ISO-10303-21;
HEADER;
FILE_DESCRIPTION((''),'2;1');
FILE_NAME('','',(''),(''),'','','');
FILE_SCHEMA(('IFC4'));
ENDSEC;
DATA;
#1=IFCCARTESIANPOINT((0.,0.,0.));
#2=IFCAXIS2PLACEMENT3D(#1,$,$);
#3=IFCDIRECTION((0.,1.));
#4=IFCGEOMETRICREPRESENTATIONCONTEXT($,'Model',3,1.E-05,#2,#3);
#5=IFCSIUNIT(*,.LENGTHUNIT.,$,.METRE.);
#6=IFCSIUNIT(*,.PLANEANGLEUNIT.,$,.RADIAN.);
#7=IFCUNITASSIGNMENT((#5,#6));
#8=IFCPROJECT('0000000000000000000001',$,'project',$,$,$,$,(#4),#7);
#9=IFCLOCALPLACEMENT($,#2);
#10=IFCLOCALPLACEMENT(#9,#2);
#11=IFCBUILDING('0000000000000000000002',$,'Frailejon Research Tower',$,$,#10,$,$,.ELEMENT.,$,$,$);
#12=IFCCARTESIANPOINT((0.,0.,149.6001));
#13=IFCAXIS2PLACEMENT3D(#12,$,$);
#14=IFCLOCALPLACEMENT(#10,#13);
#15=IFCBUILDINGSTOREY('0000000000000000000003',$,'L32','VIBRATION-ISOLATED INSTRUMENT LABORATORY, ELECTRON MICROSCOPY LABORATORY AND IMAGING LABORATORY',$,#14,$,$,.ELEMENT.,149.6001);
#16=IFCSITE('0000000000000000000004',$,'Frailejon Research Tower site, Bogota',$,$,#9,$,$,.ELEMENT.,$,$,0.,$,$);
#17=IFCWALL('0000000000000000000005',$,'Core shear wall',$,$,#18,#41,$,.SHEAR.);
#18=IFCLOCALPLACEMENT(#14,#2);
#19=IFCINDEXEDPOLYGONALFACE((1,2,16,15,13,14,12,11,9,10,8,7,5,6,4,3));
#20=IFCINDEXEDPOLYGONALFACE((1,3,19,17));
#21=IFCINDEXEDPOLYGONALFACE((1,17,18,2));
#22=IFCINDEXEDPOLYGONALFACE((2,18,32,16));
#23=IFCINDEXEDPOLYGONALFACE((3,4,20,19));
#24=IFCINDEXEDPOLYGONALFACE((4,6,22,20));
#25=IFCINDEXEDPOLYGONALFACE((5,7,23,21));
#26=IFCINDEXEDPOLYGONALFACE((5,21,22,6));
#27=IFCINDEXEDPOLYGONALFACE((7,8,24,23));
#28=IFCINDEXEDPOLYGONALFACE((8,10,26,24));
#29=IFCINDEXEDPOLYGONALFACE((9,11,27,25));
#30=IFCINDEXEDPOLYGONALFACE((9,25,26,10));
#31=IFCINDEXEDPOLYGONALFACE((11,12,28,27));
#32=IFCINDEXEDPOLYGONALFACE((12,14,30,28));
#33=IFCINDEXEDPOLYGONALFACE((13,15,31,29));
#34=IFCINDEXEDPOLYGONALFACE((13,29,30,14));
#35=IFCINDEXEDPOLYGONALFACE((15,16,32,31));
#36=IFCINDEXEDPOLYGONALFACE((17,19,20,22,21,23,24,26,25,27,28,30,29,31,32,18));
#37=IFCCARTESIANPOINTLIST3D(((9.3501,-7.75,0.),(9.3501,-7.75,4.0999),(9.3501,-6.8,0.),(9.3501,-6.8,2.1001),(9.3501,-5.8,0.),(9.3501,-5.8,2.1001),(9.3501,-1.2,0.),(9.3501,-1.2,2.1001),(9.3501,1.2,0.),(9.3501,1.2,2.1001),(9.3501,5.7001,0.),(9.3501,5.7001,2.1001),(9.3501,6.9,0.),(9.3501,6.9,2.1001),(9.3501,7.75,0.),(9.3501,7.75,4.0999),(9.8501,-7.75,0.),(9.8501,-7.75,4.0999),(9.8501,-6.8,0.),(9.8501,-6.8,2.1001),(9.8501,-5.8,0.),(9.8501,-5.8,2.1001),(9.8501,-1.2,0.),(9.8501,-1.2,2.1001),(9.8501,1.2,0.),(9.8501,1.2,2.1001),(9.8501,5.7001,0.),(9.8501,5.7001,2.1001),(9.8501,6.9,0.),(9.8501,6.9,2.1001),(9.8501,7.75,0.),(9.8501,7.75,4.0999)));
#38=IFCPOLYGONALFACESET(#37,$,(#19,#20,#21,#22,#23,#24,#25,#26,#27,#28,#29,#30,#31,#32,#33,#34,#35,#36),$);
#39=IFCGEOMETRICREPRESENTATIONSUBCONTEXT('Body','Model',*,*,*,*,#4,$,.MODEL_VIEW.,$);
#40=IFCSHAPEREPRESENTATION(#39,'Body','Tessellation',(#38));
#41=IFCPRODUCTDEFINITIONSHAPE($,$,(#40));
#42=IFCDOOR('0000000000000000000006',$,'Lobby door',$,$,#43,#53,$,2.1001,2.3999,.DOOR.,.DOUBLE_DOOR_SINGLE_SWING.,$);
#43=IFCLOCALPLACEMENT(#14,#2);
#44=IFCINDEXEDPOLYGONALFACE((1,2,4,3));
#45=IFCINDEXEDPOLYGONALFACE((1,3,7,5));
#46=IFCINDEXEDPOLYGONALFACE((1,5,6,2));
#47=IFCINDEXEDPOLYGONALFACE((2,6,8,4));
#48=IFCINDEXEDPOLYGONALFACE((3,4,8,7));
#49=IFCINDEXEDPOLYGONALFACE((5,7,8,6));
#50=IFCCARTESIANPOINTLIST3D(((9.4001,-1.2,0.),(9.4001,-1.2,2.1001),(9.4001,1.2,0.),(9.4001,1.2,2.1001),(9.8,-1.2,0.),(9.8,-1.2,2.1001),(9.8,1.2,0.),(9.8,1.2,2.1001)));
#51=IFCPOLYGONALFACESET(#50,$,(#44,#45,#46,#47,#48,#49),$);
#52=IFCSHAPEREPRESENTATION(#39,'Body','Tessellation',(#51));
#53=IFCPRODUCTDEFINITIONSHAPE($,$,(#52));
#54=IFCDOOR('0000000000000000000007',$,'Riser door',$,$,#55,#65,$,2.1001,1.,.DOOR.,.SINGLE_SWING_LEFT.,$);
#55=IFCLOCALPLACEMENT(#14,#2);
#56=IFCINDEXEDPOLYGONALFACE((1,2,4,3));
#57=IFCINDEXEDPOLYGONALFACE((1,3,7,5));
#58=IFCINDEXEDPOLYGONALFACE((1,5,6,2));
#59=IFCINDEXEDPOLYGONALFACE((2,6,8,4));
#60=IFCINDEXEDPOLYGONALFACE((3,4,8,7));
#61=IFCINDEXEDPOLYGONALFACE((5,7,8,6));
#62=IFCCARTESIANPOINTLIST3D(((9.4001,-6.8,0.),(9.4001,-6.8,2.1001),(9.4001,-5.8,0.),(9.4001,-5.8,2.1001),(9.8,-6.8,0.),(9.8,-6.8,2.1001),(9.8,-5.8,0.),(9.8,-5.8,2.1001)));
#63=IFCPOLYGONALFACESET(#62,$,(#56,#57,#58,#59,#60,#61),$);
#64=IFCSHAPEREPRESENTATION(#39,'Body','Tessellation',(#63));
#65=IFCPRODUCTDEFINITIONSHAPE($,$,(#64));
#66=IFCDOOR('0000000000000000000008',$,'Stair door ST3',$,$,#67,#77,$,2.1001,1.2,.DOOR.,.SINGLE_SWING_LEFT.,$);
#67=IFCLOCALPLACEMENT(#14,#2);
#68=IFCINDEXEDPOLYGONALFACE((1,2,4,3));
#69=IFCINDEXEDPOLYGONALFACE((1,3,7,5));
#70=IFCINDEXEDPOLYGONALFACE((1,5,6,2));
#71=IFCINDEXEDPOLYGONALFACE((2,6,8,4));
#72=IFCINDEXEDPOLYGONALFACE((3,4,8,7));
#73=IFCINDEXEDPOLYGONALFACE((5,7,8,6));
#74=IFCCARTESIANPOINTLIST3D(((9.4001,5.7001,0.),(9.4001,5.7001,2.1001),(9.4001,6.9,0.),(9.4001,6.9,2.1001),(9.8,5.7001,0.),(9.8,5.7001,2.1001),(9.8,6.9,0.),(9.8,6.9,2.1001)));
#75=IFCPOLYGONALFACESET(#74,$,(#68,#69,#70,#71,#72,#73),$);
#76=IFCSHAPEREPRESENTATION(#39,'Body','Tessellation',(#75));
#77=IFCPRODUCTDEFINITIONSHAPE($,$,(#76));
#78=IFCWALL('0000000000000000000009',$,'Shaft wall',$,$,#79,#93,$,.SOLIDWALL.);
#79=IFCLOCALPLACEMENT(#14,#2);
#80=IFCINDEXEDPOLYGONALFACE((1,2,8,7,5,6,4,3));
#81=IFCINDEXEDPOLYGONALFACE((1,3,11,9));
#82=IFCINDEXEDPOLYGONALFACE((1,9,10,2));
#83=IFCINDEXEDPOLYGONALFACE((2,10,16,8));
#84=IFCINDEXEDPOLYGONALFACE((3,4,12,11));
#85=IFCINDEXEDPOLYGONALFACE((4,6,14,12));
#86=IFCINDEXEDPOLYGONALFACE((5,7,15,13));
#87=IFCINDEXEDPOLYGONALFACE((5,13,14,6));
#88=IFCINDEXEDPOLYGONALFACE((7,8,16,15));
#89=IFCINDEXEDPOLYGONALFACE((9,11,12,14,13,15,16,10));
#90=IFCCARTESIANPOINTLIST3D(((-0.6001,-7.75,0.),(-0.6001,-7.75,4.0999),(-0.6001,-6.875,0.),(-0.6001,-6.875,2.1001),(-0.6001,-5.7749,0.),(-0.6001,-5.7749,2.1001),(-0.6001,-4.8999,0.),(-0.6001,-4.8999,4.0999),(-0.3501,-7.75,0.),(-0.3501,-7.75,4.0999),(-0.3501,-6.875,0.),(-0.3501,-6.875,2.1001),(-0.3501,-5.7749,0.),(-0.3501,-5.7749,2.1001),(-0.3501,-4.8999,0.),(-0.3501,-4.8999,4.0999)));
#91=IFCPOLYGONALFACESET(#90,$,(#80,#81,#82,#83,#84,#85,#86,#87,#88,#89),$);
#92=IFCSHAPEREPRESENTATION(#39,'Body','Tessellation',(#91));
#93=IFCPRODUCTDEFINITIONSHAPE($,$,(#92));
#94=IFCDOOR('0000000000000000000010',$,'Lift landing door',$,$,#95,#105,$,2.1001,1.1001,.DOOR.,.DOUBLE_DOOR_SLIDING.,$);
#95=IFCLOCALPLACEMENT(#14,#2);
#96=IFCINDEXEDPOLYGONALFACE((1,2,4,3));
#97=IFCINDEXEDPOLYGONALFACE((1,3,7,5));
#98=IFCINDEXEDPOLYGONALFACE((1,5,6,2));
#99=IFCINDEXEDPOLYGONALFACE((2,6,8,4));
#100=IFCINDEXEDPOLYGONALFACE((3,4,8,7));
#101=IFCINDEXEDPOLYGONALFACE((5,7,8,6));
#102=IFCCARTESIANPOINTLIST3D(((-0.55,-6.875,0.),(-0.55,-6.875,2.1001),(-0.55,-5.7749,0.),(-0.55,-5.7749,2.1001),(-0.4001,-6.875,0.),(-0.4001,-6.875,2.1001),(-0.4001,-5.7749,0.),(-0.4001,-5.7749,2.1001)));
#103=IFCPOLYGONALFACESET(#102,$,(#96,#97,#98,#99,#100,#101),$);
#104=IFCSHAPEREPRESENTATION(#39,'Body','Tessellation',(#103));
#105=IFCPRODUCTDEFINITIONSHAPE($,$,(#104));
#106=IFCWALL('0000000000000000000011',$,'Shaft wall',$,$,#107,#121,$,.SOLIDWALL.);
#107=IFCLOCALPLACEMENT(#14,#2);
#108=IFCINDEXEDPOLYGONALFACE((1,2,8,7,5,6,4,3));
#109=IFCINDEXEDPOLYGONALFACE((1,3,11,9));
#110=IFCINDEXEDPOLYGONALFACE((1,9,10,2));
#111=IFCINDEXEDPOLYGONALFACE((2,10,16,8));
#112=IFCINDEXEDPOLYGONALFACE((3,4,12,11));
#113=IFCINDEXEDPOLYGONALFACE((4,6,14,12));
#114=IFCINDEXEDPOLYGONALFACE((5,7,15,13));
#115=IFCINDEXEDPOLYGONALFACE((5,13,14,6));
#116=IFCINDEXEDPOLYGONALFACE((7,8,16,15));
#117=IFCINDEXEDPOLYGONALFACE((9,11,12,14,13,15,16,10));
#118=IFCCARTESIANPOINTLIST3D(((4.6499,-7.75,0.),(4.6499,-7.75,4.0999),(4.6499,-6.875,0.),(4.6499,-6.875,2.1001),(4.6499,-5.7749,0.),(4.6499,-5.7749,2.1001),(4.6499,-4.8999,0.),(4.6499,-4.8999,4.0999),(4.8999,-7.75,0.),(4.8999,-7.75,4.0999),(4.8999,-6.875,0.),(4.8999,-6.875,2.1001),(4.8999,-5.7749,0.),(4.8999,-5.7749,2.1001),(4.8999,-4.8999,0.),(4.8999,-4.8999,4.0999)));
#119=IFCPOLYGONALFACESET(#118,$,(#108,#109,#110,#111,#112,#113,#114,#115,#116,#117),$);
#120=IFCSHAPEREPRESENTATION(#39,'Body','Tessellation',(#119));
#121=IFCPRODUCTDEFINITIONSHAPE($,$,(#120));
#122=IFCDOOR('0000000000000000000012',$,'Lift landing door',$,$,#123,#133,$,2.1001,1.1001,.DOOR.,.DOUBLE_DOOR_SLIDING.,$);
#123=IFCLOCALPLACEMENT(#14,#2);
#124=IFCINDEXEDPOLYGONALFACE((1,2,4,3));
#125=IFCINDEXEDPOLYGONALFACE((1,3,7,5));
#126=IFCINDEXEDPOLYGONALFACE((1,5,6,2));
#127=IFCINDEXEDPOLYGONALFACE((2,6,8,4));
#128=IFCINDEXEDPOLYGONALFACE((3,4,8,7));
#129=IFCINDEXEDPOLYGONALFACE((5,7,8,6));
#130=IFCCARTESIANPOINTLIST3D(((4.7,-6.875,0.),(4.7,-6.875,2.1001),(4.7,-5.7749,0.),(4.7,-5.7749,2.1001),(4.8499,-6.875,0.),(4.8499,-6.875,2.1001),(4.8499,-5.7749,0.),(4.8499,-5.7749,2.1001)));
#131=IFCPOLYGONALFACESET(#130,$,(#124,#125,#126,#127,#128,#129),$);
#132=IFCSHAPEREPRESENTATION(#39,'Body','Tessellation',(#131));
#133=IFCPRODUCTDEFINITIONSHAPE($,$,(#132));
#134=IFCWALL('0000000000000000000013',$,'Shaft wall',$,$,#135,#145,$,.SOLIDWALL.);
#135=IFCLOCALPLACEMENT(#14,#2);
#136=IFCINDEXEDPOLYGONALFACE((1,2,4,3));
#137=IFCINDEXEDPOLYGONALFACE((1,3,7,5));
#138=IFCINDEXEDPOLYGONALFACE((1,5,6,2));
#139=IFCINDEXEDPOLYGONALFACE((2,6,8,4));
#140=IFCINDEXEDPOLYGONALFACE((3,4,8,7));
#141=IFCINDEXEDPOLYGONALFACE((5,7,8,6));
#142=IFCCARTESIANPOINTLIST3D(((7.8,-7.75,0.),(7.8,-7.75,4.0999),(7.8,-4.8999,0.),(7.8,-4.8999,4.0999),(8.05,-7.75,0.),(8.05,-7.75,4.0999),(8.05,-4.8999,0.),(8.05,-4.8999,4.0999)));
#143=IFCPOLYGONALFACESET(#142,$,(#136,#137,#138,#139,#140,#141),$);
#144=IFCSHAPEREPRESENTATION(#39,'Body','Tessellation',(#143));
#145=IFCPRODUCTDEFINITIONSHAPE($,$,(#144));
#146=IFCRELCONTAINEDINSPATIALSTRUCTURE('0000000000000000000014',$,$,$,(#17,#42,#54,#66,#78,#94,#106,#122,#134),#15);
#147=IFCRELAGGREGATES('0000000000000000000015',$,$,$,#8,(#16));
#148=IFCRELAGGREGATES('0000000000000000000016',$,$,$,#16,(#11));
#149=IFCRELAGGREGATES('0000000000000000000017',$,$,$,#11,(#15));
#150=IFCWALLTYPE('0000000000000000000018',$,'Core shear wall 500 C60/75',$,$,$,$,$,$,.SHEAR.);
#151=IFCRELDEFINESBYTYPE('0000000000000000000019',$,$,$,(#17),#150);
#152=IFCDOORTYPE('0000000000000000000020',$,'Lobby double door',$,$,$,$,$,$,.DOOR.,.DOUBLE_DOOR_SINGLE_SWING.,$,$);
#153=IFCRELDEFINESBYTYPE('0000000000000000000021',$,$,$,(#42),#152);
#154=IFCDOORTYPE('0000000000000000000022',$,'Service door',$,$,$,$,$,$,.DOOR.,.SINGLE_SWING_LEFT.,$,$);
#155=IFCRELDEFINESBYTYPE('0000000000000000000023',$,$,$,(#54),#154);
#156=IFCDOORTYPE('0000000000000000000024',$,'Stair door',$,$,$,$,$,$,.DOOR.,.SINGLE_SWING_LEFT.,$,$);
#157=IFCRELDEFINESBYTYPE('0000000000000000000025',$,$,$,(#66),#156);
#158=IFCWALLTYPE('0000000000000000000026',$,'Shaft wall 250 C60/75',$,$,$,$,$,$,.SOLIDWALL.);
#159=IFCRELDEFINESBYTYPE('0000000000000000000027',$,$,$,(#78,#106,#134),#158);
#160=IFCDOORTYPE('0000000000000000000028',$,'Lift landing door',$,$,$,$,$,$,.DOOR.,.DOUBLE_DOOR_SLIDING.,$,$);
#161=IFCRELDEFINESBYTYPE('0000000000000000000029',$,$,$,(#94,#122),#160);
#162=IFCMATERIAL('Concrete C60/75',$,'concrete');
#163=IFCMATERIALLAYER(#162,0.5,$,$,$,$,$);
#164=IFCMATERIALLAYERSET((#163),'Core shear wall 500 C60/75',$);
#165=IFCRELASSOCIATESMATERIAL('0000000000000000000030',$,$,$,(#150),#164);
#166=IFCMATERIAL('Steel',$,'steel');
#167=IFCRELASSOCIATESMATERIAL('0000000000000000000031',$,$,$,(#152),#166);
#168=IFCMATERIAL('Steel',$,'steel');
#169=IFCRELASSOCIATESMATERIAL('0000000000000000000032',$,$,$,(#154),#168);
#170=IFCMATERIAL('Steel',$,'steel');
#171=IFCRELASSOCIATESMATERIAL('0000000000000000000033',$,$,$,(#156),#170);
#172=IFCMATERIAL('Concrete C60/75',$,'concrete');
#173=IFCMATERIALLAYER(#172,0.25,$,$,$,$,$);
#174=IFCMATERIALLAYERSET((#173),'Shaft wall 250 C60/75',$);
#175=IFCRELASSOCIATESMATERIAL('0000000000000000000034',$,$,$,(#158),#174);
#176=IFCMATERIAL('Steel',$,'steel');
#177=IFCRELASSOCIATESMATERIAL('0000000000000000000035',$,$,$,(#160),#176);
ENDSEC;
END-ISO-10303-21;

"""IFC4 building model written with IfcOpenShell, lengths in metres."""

from ifc_helpers import new_model, si_unit, direction, frame, frame_2d, origin, place, context, subcontext, project, spatial, rectangle, extrude, material, layer, layer_set, type_object, element, fill, save


model = new_model("IFC4")

# Units and contexts
model_context = context("Model", 3, precision=1e-05, world=origin(), true_north=direction((0.0, 1.0)))
body_context = subcontext(model_context, "Body", "Model", "MODEL_VIEW")
ifc_project = project(units=[si_unit("LENGTHUNIT", "METRE"), si_unit("PLANEANGLEUNIT", "RADIAN")], contexts=[model_context])

# Site, building, storey
site_placement = place(None, origin())
site = spatial("IfcSite", under=ifc_project, at=site_placement, Name="Frailejon Research Tower site, Bogota", CompositionType="ELEMENT", RefElevation=0.0)
building_placement = place(site_placement, origin())
building = spatial("IfcBuilding", under=site, at=building_placement, Name="Frailejon Research Tower", CompositionType="ELEMENT")
storey_placement = place(building_placement, frame((0.0, 0.0, 149.6001)))
storey = spatial("IfcBuildingStorey", under=building, at=storey_placement, Name="L32", Description="VIBRATION-ISOLATED INSTRUMENT LABORATORY, ELECTRON MICROSCOPY LABORATORY AND IMAGING LABORATORY", CompositionType="ELEMENT", Elevation=149.6001)

# Wall, openings, doors
ifc_material_1 = material(Name="Concrete C60/75", Category="concrete")
ifc_layer_1 = layer(ifc_material_1, 0.5)
ifc_layer_set_1 = layer_set([ifc_layer_1], Name="Core shear wall 500 C60/75")
wall_type_1 = type_object("IfcWallType", Name="Core shear wall 500 C60/75", PredefinedType="SHEAR", material=ifc_layer_set_1)
wall_1_placement = place(storey_placement, frame((9.6001, -7.75, 0.0), z_axis=(0.0, 0.0, 1.0), x_axis=(0.0, 1.0, 0.0)))
wall_1 = element("IfcWall", 1, at=wall_1_placement, inside=storey, type_object=wall_type_1, Name="Core shear wall", PredefinedType="SHEAR", context=body_context, shape_type="SweptSolid", body=[
    extrude(rectangle(XDim=15.5, YDim=0.5, at=frame_2d((7.75, 0.0))), origin(), (0.0, 0.0, 1.0), 4.0999),
])
opening_1_placement = place(wall_1_placement, frame((6.55, 0.0, 0.0)))
opening_1 = element("IfcOpeningElement", 2, at=opening_1_placement, cuts=wall_1, PredefinedType="OPENING", context=body_context, shape_type="SweptSolid", body=[
    extrude(rectangle(XDim=2.3999, YDim=2.1001, at=frame_2d((1.2, 1.05))), frame((0.0, 0.26, 0.0), z_axis=(0.0, -1.0, 0.0), x_axis=(1.0, 0.0, 0.0)), (0.0, 0.0, 1.0), 0.52),
])
opening_2_placement = place(wall_1_placement, frame((13.45, 0.0, 0.0)))
opening_2 = element("IfcOpeningElement", 3, at=opening_2_placement, cuts=wall_1, PredefinedType="OPENING", context=body_context, shape_type="SweptSolid", body=[
    extrude(rectangle(XDim=1.2, YDim=2.1001, at=frame_2d((0.6001, 1.05))), frame((0.0, 0.26, 0.0), z_axis=(0.0, -1.0, 0.0), x_axis=(1.0, 0.0, 0.0)), (0.0, 0.0, 1.0), 0.52),
])
opening_3_placement = place(wall_1_placement, frame((0.95, 0.0, 0.0)))
opening_3 = element("IfcOpeningElement", 4, at=opening_3_placement, cuts=wall_1, PredefinedType="OPENING", context=body_context, shape_type="SweptSolid", body=[
    extrude(rectangle(XDim=1.0, YDim=2.1001, at=frame_2d((0.5, 1.05))), frame((0.0, 0.26, 0.0), z_axis=(0.0, -1.0, 0.0), x_axis=(1.0, 0.0, 0.0)), (0.0, 0.0, 1.0), 0.52),
])
ifc_material_2 = material(Name="Steel", Category="steel")
door_type_1 = type_object("IfcDoorType", Name="Lobby double door", OperationType="DOUBLE_DOOR_SINGLE_SWING", PredefinedType="DOOR", material=ifc_material_2)
door_1_placement = place(opening_1_placement, origin())
door_1 = element("IfcDoor", 5, at=door_1_placement, inside=storey, type_object=door_type_1, Name="Lobby door", OperationType="DOUBLE_DOOR_SINGLE_SWING", OverallHeight=2.1001, OverallWidth=2.3999, PredefinedType="DOOR", context=body_context, shape_type="SweptSolid", body=[
    extrude(rectangle(XDim=2.3999, YDim=2.1001, at=frame_2d((1.2, 1.05))), frame((0.0, 0.2, 0.0), z_axis=(0.0, -1.0, 0.0), x_axis=(1.0, 0.0, 0.0)), (0.0, 0.0, 1.0), 0.3999),
])
fill(opening_1, door_1)
ifc_material_3 = material(Name="Steel", Category="steel")
door_type_2 = type_object("IfcDoorType", Name="Service door", OperationType="SINGLE_SWING_LEFT", PredefinedType="DOOR", material=ifc_material_3)
door_2_placement = place(opening_3_placement, origin())
door_2 = element("IfcDoor", 6, at=door_2_placement, inside=storey, type_object=door_type_2, Name="Riser door", OperationType="SINGLE_SWING_LEFT", OverallHeight=2.1001, OverallWidth=1.0, PredefinedType="DOOR", context=body_context, shape_type="SweptSolid", body=[
    extrude(rectangle(XDim=1.0, YDim=2.1001, at=frame_2d((0.5, 1.05))), frame((0.0, 0.2, 0.0), z_axis=(0.0, -1.0, 0.0), x_axis=(1.0, 0.0, 0.0)), (0.0, 0.0, 1.0), 0.3999),
])
fill(opening_3, door_2)
ifc_material_4 = material(Name="Steel", Category="steel")
door_type_3 = type_object("IfcDoorType", Name="Stair door", OperationType="SINGLE_SWING_LEFT", PredefinedType="DOOR", material=ifc_material_4)
door_3_placement = place(opening_2_placement, origin())
door_3 = element("IfcDoor", 7, at=door_3_placement, inside=storey, type_object=door_type_3, Name="Stair door ST3", OperationType="SINGLE_SWING_LEFT", OverallHeight=2.1001, OverallWidth=1.2, PredefinedType="DOOR", context=body_context, shape_type="SweptSolid", body=[
    extrude(rectangle(XDim=1.2, YDim=2.1001, at=frame_2d((0.6001, 1.05))), frame((0.0, 0.2, 0.0), z_axis=(0.0, -1.0, 0.0), x_axis=(1.0, 0.0, 0.0)), (0.0, 0.0, 1.0), 0.3999),
])
fill(opening_2, door_3)

# Walls, openings, doors
ifc_material_5 = material(Name="Concrete C60/75", Category="concrete")
ifc_layer_2 = layer(ifc_material_5, 0.25)
ifc_layer_set_2 = layer_set([ifc_layer_2], Name="Shaft wall 250 C60/75")
wall_type_2 = type_object("IfcWallType", Name="Shaft wall 250 C60/75", PredefinedType="SOLIDWALL", material=ifc_layer_set_2)
wall_2_placement = place(storey_placement, frame((-0.4751, -7.75, 0.0), z_axis=(0.0, 0.0, 1.0), x_axis=(0.0, 1.0, 0.0)))
wall_2 = element("IfcWall", 8, at=wall_2_placement, inside=storey, type_object=wall_type_2, Name="Shaft wall", PredefinedType="SOLIDWALL", context=body_context, shape_type="SweptSolid", body=[
    extrude(rectangle(XDim=2.8501, YDim=0.25, at=frame_2d((1.425, 0.0))), origin(), (0.0, 0.0, 1.0), 4.0999),
])
opening_4_placement = place(wall_2_placement, frame((0.875, 0.0, 0.0)))
opening_4 = element("IfcOpeningElement", 9, at=opening_4_placement, cuts=wall_2, PredefinedType="OPENING", context=body_context, shape_type="SweptSolid", body=[
    extrude(rectangle(XDim=1.1001, YDim=2.1001, at=frame_2d((0.55, 1.05))), frame((0.0, 0.135, 0.0), z_axis=(0.0, -1.0, 0.0), x_axis=(1.0, 0.0, 0.0)), (0.0, 0.0, 1.0), 0.27),
])
ifc_material_6 = material(Name="Steel", Category="steel")
door_type_4 = type_object("IfcDoorType", Name="Lift landing door", OperationType="DOUBLE_DOOR_SLIDING", PredefinedType="DOOR", material=ifc_material_6)
door_4_placement = place(opening_4_placement, origin())
door_4 = element("IfcDoor", 10, at=door_4_placement, inside=storey, type_object=door_type_4, Name="Lift landing door", OperationType="DOUBLE_DOOR_SLIDING", OverallHeight=2.1001, OverallWidth=1.1001, PredefinedType="DOOR", context=body_context, shape_type="SweptSolid", body=[
    extrude(rectangle(XDim=1.1001, YDim=2.1001, at=frame_2d((0.55, 1.05))), frame((0.0, 0.075, 0.0), z_axis=(0.0, -1.0, 0.0), x_axis=(1.0, 0.0, 0.0)), (0.0, 0.0, 1.0), 0.1499),
])
fill(opening_4, door_4)
wall_3_placement = place(storey_placement, frame((4.7749, -7.75, 0.0), z_axis=(0.0, 0.0, 1.0), x_axis=(0.0, 1.0, 0.0)))
wall_3 = element("IfcWall", 11, at=wall_3_placement, inside=storey, type_object=wall_type_2, Name="Shaft wall", PredefinedType="SOLIDWALL", context=body_context, shape_type="SweptSolid", body=[
    extrude(rectangle(XDim=2.8501, YDim=0.25, at=frame_2d((1.425, 0.0))), origin(), (0.0, 0.0, 1.0), 4.0999),
])
opening_5_placement = place(wall_3_placement, frame((0.875, 0.0, 0.0)))
opening_5 = element("IfcOpeningElement", 12, at=opening_5_placement, cuts=wall_3, PredefinedType="OPENING", context=body_context, shape_type="SweptSolid", body=[
    extrude(rectangle(XDim=1.1001, YDim=2.1001, at=frame_2d((0.55, 1.05))), frame((0.0, 0.135, 0.0), z_axis=(0.0, -1.0, 0.0), x_axis=(1.0, 0.0, 0.0)), (0.0, 0.0, 1.0), 0.27),
])
door_5_placement = place(opening_5_placement, origin())
door_5 = element("IfcDoor", 13, at=door_5_placement, inside=storey, type_object=door_type_4, Name="Lift landing door", OperationType="DOUBLE_DOOR_SLIDING", OverallHeight=2.1001, OverallWidth=1.1001, PredefinedType="DOOR", context=body_context, shape_type="SweptSolid", body=[
    extrude(rectangle(XDim=1.1001, YDim=2.1001, at=frame_2d((0.55, 1.05))), frame((0.0, 0.075, 0.0), z_axis=(0.0, -1.0, 0.0), x_axis=(1.0, 0.0, 0.0)), (0.0, 0.0, 1.0), 0.1499),
])
fill(opening_5, door_5)

# Wall
wall_4_placement = place(storey_placement, frame((7.925, -7.75, 0.0), z_axis=(0.0, 0.0, 1.0), x_axis=(0.0, 1.0, 0.0)))
element("IfcWall", 14, at=wall_4_placement, inside=storey, type_object=wall_type_2, Name="Shaft wall", PredefinedType="SOLIDWALL", context=body_context, shape_type="SweptSolid", body=[
    extrude(rectangle(XDim=2.8501, YDim=0.25, at=frame_2d((1.425, 0.0))), origin(), (0.0, 0.0, 1.0), 4.0999),
])

save(model, "model.ifc")
